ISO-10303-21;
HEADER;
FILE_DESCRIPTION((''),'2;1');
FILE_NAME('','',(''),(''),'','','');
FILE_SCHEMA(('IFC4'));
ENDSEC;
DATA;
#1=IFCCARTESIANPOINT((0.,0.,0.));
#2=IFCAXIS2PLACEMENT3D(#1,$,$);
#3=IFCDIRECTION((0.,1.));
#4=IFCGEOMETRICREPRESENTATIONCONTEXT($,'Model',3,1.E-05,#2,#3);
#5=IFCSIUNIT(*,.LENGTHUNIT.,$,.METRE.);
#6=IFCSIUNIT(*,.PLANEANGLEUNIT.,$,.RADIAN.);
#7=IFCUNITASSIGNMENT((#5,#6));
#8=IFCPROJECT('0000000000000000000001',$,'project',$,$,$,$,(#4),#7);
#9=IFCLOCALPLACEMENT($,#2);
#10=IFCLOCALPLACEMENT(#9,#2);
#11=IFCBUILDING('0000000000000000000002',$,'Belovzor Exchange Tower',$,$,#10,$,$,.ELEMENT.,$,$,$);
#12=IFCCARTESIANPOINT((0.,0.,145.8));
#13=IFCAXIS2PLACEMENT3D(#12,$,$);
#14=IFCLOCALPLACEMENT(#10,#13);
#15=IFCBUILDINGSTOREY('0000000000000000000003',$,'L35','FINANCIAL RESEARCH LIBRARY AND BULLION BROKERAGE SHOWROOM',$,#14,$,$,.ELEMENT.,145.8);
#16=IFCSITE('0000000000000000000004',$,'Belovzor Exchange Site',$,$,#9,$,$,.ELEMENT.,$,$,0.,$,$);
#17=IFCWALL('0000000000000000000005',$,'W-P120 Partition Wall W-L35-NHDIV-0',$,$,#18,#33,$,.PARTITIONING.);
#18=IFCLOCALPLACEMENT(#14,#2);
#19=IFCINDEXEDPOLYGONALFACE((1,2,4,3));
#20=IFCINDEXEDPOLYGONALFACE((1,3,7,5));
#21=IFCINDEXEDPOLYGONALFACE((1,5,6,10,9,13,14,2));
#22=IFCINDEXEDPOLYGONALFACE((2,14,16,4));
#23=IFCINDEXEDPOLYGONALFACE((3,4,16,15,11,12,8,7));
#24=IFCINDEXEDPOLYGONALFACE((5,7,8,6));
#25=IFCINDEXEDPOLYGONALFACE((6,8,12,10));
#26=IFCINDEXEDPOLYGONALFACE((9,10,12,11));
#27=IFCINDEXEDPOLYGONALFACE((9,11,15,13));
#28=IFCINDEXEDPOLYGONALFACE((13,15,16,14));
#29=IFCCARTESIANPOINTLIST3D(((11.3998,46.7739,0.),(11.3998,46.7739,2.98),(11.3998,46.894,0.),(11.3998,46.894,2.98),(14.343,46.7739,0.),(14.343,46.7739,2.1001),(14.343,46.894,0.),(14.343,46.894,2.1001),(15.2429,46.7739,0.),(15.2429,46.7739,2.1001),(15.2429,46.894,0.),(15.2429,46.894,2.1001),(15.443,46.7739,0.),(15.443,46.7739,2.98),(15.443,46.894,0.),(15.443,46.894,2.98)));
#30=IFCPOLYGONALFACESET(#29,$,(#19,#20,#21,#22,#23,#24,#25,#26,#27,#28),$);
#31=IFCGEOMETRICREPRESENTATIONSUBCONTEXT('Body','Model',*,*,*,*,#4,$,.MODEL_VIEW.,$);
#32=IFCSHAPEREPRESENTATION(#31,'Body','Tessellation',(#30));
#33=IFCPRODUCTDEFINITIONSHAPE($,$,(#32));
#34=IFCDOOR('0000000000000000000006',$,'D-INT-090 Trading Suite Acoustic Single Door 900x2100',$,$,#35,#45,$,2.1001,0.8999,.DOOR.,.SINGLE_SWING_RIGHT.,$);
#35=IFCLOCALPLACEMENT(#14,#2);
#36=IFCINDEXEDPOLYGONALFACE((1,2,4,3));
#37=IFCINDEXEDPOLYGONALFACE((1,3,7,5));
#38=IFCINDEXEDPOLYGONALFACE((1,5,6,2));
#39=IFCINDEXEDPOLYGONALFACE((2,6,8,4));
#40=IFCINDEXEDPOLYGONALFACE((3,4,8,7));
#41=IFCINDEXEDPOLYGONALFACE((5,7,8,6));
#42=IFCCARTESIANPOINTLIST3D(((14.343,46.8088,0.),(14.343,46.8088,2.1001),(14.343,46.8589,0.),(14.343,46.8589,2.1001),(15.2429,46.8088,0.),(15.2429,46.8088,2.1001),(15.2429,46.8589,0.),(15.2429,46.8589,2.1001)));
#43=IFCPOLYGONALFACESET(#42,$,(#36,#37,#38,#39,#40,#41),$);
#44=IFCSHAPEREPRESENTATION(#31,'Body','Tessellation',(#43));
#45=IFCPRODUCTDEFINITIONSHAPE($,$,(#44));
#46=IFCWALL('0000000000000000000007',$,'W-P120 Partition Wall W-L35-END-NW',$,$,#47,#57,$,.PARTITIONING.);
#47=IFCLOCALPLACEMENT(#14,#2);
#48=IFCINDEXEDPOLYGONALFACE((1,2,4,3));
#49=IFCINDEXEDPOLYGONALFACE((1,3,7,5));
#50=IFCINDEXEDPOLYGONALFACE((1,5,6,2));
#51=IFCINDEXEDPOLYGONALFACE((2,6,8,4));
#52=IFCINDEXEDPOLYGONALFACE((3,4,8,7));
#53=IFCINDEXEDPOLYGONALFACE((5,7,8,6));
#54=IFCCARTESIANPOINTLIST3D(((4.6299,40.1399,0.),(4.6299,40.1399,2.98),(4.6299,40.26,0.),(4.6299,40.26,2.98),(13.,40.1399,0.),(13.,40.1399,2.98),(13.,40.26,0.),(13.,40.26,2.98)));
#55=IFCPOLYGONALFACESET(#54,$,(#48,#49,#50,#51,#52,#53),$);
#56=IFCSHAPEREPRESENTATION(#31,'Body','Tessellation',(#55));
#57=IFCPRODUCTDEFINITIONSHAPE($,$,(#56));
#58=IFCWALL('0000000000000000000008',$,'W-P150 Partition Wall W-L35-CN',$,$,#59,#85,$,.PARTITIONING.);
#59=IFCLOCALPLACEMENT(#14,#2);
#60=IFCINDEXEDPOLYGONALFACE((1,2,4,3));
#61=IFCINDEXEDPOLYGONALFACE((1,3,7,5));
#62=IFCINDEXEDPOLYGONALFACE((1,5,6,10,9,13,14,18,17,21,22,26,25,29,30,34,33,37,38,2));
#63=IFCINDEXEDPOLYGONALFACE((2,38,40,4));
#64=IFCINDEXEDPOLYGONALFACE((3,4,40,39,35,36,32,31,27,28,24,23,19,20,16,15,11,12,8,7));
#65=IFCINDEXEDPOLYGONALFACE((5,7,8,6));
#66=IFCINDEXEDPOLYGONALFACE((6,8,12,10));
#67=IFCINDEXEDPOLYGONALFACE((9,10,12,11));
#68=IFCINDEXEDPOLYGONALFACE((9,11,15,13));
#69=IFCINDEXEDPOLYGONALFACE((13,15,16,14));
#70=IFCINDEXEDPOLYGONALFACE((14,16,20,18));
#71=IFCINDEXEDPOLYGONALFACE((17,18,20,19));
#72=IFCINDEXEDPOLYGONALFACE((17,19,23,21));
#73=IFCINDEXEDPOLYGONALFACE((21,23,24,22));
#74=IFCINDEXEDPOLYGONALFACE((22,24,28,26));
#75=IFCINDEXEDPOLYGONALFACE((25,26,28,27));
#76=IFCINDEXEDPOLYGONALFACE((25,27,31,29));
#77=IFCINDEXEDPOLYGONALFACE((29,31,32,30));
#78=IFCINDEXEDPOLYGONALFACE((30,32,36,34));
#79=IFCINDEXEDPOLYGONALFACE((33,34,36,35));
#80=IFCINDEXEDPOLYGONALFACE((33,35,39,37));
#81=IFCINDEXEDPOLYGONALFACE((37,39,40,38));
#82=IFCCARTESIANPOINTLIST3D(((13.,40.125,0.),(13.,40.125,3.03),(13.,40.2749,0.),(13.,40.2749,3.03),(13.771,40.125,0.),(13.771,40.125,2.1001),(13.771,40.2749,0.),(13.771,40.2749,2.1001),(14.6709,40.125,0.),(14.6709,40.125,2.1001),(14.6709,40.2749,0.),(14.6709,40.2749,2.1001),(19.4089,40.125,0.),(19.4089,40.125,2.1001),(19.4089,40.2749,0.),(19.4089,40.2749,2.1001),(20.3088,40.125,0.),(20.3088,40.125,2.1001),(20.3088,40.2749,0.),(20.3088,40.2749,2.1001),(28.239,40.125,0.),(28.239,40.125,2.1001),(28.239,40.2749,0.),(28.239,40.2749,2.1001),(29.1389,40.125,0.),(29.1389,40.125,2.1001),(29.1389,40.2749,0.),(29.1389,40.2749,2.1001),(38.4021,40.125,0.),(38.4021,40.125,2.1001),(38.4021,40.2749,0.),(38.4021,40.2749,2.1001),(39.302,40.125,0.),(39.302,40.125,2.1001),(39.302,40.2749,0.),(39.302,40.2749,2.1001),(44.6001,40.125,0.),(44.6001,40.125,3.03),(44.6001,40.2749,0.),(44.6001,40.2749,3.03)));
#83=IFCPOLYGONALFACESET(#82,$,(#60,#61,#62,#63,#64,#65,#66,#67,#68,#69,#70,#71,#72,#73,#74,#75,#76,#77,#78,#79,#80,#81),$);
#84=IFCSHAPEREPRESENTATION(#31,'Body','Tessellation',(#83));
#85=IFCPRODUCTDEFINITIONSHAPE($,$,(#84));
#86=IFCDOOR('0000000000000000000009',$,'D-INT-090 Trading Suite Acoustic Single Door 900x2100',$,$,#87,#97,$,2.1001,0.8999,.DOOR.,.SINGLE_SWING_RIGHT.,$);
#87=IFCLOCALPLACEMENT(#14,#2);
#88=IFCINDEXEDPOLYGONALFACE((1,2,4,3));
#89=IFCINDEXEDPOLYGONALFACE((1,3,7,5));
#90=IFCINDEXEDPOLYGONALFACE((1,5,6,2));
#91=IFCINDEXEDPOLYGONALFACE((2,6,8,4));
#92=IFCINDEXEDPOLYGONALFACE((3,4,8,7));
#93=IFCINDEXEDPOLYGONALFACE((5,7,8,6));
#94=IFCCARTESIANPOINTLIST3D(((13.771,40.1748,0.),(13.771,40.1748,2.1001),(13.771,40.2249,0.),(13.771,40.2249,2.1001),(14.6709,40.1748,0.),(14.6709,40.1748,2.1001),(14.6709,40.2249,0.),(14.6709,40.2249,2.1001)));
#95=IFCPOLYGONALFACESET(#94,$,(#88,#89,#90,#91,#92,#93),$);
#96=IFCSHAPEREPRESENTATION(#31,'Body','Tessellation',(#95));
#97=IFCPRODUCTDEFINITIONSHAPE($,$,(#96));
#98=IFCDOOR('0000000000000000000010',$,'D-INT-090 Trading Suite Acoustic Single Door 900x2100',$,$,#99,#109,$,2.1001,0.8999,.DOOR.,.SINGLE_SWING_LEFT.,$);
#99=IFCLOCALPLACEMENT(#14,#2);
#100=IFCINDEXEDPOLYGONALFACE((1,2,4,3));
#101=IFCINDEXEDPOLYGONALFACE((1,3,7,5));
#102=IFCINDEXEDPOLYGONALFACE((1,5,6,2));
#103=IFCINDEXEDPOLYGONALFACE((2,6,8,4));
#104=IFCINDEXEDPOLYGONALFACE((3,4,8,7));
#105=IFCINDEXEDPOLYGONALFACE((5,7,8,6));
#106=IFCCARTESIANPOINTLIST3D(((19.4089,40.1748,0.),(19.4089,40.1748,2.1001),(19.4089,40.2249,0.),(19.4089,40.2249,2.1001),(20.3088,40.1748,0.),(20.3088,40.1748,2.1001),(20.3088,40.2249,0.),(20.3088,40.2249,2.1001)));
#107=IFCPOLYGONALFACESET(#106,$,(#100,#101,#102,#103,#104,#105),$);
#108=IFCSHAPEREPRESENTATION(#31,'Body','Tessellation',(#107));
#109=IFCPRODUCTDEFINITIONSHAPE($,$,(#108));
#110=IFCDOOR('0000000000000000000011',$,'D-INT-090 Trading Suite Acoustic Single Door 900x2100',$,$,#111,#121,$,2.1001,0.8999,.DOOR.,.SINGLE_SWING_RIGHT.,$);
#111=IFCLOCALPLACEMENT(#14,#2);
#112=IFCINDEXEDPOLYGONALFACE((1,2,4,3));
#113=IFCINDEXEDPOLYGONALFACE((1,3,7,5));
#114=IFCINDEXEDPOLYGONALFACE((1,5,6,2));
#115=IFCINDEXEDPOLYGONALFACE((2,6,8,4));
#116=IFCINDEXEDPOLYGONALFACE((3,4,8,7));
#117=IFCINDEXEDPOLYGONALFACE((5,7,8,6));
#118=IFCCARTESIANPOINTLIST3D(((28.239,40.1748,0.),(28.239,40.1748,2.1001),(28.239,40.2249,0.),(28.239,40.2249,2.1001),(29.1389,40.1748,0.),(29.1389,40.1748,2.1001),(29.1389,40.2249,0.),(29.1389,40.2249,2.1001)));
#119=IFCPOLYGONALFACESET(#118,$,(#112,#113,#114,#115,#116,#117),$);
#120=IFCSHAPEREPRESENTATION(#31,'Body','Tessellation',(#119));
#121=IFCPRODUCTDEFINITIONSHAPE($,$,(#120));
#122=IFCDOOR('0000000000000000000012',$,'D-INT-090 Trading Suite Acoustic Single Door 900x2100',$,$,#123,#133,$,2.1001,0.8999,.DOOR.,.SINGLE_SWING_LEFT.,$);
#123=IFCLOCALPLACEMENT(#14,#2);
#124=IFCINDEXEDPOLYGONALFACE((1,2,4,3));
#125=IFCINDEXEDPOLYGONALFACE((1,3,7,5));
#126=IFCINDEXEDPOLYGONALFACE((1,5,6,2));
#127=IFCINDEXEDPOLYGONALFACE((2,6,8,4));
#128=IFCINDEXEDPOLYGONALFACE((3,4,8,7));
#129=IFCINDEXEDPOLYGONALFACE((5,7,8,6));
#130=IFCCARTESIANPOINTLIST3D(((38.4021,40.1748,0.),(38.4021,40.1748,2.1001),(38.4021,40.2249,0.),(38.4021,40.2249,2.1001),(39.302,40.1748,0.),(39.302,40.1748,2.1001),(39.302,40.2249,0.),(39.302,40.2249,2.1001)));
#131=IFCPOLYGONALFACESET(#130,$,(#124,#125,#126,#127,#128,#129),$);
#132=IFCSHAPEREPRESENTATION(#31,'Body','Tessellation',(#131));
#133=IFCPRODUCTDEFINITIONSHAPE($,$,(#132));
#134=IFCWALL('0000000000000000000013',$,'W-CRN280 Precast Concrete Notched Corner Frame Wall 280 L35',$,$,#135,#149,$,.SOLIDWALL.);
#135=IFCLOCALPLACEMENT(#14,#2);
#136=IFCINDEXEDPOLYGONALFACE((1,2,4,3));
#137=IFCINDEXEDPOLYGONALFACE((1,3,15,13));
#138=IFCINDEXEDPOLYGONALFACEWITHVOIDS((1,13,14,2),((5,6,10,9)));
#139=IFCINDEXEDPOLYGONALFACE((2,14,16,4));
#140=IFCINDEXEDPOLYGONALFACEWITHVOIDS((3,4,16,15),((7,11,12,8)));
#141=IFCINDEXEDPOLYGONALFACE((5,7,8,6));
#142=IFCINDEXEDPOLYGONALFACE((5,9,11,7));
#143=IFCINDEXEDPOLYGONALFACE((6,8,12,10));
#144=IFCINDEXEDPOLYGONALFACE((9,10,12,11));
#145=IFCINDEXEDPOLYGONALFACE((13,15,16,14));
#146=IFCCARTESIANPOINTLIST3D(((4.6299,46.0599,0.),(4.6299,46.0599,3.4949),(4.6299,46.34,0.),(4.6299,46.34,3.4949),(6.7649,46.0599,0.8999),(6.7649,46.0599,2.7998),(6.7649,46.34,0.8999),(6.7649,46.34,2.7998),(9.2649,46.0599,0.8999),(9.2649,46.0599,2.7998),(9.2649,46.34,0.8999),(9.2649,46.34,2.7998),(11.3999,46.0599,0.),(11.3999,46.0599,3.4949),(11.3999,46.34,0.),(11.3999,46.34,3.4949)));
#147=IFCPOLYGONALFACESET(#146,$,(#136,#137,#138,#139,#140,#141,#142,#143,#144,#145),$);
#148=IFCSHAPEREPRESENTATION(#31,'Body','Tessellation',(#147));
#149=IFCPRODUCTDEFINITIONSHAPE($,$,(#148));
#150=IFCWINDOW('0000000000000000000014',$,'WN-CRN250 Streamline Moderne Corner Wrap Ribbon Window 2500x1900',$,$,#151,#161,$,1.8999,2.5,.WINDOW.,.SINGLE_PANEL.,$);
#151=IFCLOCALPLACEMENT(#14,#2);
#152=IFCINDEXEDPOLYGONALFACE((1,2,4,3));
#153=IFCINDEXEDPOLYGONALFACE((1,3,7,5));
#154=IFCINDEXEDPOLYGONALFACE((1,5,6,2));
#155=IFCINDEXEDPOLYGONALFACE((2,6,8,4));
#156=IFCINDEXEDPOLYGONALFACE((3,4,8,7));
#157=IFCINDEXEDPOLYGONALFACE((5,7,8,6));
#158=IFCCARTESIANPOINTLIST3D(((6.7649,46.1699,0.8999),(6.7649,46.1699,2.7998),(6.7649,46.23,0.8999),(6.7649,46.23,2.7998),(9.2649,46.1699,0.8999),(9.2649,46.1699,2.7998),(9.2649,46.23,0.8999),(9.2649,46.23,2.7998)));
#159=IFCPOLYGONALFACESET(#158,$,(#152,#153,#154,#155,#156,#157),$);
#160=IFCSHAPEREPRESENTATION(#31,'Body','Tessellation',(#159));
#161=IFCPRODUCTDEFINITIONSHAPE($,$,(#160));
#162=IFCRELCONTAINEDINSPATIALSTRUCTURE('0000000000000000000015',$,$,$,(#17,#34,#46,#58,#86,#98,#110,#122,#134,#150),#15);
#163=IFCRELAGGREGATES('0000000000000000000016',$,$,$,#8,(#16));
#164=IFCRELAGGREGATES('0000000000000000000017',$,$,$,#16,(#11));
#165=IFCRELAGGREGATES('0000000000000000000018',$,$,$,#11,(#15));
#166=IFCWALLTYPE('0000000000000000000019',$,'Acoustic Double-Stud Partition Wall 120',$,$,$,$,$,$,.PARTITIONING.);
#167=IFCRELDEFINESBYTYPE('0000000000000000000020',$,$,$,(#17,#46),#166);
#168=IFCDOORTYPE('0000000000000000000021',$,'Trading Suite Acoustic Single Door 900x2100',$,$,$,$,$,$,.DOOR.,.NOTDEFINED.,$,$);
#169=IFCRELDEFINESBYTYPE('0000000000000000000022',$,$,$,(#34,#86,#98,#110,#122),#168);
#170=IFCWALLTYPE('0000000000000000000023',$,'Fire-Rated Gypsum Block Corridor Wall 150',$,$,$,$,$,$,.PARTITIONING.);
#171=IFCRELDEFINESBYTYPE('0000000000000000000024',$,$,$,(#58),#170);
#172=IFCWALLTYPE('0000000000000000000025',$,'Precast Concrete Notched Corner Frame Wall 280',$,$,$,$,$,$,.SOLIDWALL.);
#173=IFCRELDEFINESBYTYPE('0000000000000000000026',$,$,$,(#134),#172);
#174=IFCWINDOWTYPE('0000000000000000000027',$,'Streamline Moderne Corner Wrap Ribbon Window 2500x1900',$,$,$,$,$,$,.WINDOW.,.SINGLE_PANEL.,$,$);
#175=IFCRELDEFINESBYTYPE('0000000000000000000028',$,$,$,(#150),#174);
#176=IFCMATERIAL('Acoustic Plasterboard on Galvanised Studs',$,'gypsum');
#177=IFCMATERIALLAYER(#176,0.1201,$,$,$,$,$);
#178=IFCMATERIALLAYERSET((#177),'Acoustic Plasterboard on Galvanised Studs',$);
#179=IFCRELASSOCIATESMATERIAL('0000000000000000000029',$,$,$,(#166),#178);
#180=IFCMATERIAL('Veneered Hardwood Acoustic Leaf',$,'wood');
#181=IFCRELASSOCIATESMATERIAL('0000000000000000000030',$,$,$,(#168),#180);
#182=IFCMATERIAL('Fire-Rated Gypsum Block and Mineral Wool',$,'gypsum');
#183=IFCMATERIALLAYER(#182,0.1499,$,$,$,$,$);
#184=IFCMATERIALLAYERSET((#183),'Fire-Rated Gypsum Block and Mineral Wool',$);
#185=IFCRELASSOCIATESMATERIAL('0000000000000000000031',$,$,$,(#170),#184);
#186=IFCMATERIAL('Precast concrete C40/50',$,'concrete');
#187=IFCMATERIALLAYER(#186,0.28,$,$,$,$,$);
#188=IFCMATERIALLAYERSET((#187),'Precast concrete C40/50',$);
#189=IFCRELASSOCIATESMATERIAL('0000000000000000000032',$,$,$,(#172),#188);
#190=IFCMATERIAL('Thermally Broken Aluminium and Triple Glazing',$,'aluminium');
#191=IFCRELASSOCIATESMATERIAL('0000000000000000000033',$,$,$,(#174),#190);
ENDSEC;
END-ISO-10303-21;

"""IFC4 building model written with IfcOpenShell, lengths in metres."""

from ifc_helpers import new_model, si_unit, direction, frame, frame_2d, origin, place, context, subcontext, project, spatial, rectangle, extrude, material, layer, layer_set, type_object, element, fill, save


model = new_model("IFC4")

# Units and contexts
model_context = context("Model", 3, precision=1e-05, world=origin(), true_north=direction((0.0, 1.0)))
body_context = subcontext(model_context, "Body", "Model", "MODEL_VIEW")
ifc_project = project(units=[si_unit("LENGTHUNIT", "METRE"), si_unit("PLANEANGLEUNIT", "RADIAN")], contexts=[model_context])

# Site, building, storey
site_placement = place(None, origin())
site = spatial("IfcSite", under=ifc_project, at=site_placement, Name="Belovzor Exchange Site", CompositionType="ELEMENT", RefElevation=0.0)
building_placement = place(site_placement, origin())
building = spatial("IfcBuilding", under=site, at=building_placement, Name="Belovzor Exchange Tower", CompositionType="ELEMENT")
storey_placement = place(building_placement, frame((0.0, 0.0, 145.8)))
storey = spatial("IfcBuildingStorey", under=building, at=storey_placement, Name="L35", Description="FINANCIAL RESEARCH LIBRARY AND BULLION BROKERAGE SHOWROOM", CompositionType="ELEMENT", Elevation=145.8)

# Wall, opening, door
ifc_material_1 = material(Name="Acoustic Plasterboard on Galvanised Studs", Category="gypsum")
ifc_layer_1 = layer(ifc_material_1, 0.1201)
ifc_layer_set_1 = layer_set([ifc_layer_1], Name="Acoustic Plasterboard on Galvanised Studs")
wall_type_1 = type_object("IfcWallType", Name="Acoustic Double-Stud Partition Wall 120", PredefinedType="PARTITIONING", material=ifc_layer_set_1)
wall_1_placement = place(storey_placement, frame((11.3999, 46.834, 0.0), z_axis=(0.0, 0.0, 1.0), x_axis=(1.0, 0.0, 0.0)))
wall_1 = element("IfcWall", 1, at=wall_1_placement, inside=storey, type_object=wall_type_1, Name="W-P120 Partition Wall W-L35-NHDIV-0", PredefinedType="PARTITIONING", context=body_context, shape_type="SweptSolid", body=[
    extrude(rectangle(XDim=4.0432, YDim=0.1201, at=frame_2d((2.0215, 0.0))), origin(), (0.0, 0.0, 1.0), 2.98),
])
opening_1_placement = place(wall_1_placement, frame((2.9431, 0.0, 0.0)))
opening_1 = element("IfcOpeningElement", 2, at=opening_1_placement, cuts=wall_1, PredefinedType="OPENING", context=body_context, shape_type="SweptSolid", body=[
    extrude(rectangle(XDim=0.8999, YDim=2.1001, at=frame_2d((0.45, 1.05))), frame((0.0, 0.0701, 0.0), z_axis=(0.0, -1.0, 0.0), x_axis=(1.0, 0.0, 0.0)), (0.0, 0.0, 1.0), 0.1401),
])
ifc_material_2 = material(Name="Veneered Hardwood Acoustic Leaf", Category="wood")
door_type_1 = type_object("IfcDoorType", Name="Trading Suite Acoustic Single Door 900x2100", OperationType="NOTDEFINED", PredefinedType="DOOR", material=ifc_material_2)
door_1_placement = place(opening_1_placement, origin())
door_1 = element("IfcDoor", 3, at=door_1_placement, inside=storey, type_object=door_type_1, Name="D-INT-090 Trading Suite Acoustic Single Door 900x2100", OperationType="SINGLE_SWING_RIGHT", OverallHeight=2.1001, OverallWidth=0.8999, PredefinedType="DOOR", context=body_context, shape_type="SweptSolid", body=[
    extrude(rectangle(XDim=0.8999, YDim=2.1001, at=frame_2d((0.45, 1.05))), frame((0.0, 0.0249, 0.0), z_axis=(0.0, -1.0, 0.0), x_axis=(1.0, 0.0, 0.0)), (0.0, 0.0, 1.0), 0.05),
])
fill(opening_1, door_1)

# Wall
wall_2_placement = place(storey_placement, frame((4.6299, 40.2, 0.0), z_axis=(0.0, 0.0, 1.0), x_axis=(1.0, 0.0, 0.0)))
element("IfcWall", 4, at=wall_2_placement, inside=storey, type_object=wall_type_1, Name="W-P120 Partition Wall W-L35-END-NW", PredefinedType="PARTITIONING", context=body_context, shape_type="SweptSolid", body=[
    extrude(rectangle(XDim=8.3701, YDim=0.1201, at=frame_2d((4.1851, 0.0))), origin(), (0.0, 0.0, 1.0), 2.98),
])

# Wall, openings, doors
ifc_material_3 = material(Name="Fire-Rated Gypsum Block and Mineral Wool", Category="gypsum")
ifc_layer_2 = layer(ifc_material_3, 0.1499)
ifc_layer_set_2 = layer_set([ifc_layer_2], Name="Fire-Rated Gypsum Block and Mineral Wool")
wall_type_2 = type_object("IfcWallType", Name="Fire-Rated Gypsum Block Corridor Wall 150", PredefinedType="PARTITIONING", material=ifc_layer_set_2)
wall_3_placement = place(storey_placement, frame((13.0, 40.2, 0.0), z_axis=(0.0, 0.0, 1.0), x_axis=(1.0, 0.0, 0.0)))
wall_3 = element("IfcWall", 5, at=wall_3_placement, inside=storey, type_object=wall_type_2, Name="W-P150 Partition Wall W-L35-CN", PredefinedType="PARTITIONING", context=body_context, shape_type="SweptSolid", body=[
    extrude(rectangle(XDim=31.6001, YDim=0.1499, at=frame_2d((15.8, 0.0))), origin(), (0.0, 0.0, 1.0), 3.03),
])
opening_2_placement = place(wall_3_placement, frame((0.771, 0.0, 0.0)))
opening_2 = element("IfcOpeningElement", 6, at=opening_2_placement, cuts=wall_3, PredefinedType="OPENING", context=body_context, shape_type="SweptSolid", body=[
    extrude(rectangle(XDim=0.8999, YDim=2.1001, at=frame_2d((0.45, 1.05))), frame((0.0, 0.085, 0.0), z_axis=(0.0, -1.0, 0.0), x_axis=(1.0, 0.0, 0.0)), (0.0, 0.0, 1.0), 0.1699),
])
opening_3_placement = place(wall_3_placement, frame((6.4089, 0.0, 0.0)))
opening_3 = element("IfcOpeningElement", 7, at=opening_3_placement, cuts=wall_3, PredefinedType="OPENING", context=body_context, shape_type="SweptSolid", body=[
    extrude(rectangle(XDim=0.8999, YDim=2.1001, at=frame_2d((0.45, 1.05))), frame((0.0, 0.085, 0.0), z_axis=(0.0, -1.0, 0.0), x_axis=(1.0, 0.0, 0.0)), (0.0, 0.0, 1.0), 0.1699),
])
opening_4_placement = place(wall_3_placement, frame((15.239, 0.0, 0.0)))
opening_4 = element("IfcOpeningElement", 8, at=opening_4_placement, cuts=wall_3, PredefinedType="OPENING", context=body_context, shape_type="SweptSolid", body=[
    extrude(rectangle(XDim=0.8999, YDim=2.1001, at=frame_2d((0.45, 1.05))), frame((0.0, 0.085, 0.0), z_axis=(0.0, -1.0, 0.0), x_axis=(1.0, 0.0, 0.0)), (0.0, 0.0, 1.0), 0.1699),
])
opening_5_placement = place(wall_3_placement, frame((25.4021, 0.0, 0.0)))
opening_5 = element("IfcOpeningElement", 9, at=opening_5_placement, cuts=wall_3, PredefinedType="OPENING", context=body_context, shape_type="SweptSolid", body=[
    extrude(rectangle(XDim=0.8999, YDim=2.1001, at=frame_2d((0.45, 1.05))), frame((0.0, 0.085, 0.0), z_axis=(0.0, -1.0, 0.0), x_axis=(1.0, 0.0, 0.0)), (0.0, 0.0, 1.0), 0.1699),
])
door_2_placement = place(opening_2_placement, origin())
door_2 = element("IfcDoor", 10, at=door_2_placement, inside=storey, type_object=door_type_1, Name="D-INT-090 Trading Suite Acoustic Single Door 900x2100", OperationType="SINGLE_SWING_RIGHT", OverallHeight=2.1001, OverallWidth=0.8999, PredefinedType="DOOR", context=body_context, shape_type="SweptSolid", body=[
    extrude(rectangle(XDim=0.8999, YDim=2.1001, at=frame_2d((0.45, 1.05))), frame((0.0, 0.0249, 0.0), z_axis=(0.0, -1.0, 0.0), x_axis=(1.0, 0.0, 0.0)), (0.0, 0.0, 1.0), 0.05),
])
fill(opening_2, door_2)
door_3_placement = place(opening_3_placement, origin())
door_3 = element("IfcDoor", 11, at=door_3_placement, inside=storey, type_object=door_type_1, Name="D-INT-090 Trading Suite Acoustic Single Door 900x2100", OperationType="SINGLE_SWING_LEFT", OverallHeight=2.1001, OverallWidth=0.8999, PredefinedType="DOOR", context=body_context, shape_type="SweptSolid", body=[
    extrude(rectangle(XDim=0.8999, YDim=2.1001, at=frame_2d((0.45, 1.05))), frame((0.0, 0.0249, 0.0), z_axis=(0.0, -1.0, 0.0), x_axis=(1.0, 0.0, 0.0)), (0.0, 0.0, 1.0), 0.05),
])
fill(opening_3, door_3)
door_4_placement = place(opening_4_placement, origin())
door_4 = element("IfcDoor", 12, at=door_4_placement, inside=storey, type_object=door_type_1, Name="D-INT-090 Trading Suite Acoustic Single Door 900x2100", OperationType="SINGLE_SWING_RIGHT", OverallHeight=2.1001, OverallWidth=0.8999, PredefinedType="DOOR", context=body_context, shape_type="SweptSolid", body=[
    extrude(rectangle(XDim=0.8999, YDim=2.1001, at=frame_2d((0.45, 1.05))), frame((0.0, 0.0249, 0.0), z_axis=(0.0, -1.0, 0.0), x_axis=(1.0, 0.0, 0.0)), (0.0, 0.0, 1.0), 0.05),
])
fill(opening_4, door_4)
door_5_placement = place(opening_5_placement, origin())
door_5 = element("IfcDoor", 13, at=door_5_placement, inside=storey, type_object=door_type_1, Name="D-INT-090 Trading Suite Acoustic Single Door 900x2100", OperationType="SINGLE_SWING_LEFT", OverallHeight=2.1001, OverallWidth=0.8999, PredefinedType="DOOR", context=body_context, shape_type="SweptSolid", body=[
    extrude(rectangle(XDim=0.8999, YDim=2.1001, at=frame_2d((0.45, 1.05))), frame((0.0, 0.0249, 0.0), z_axis=(0.0, -1.0, 0.0), x_axis=(1.0, 0.0, 0.0)), (0.0, 0.0, 1.0), 0.05),
])
fill(opening_5, door_5)

# Wall, opening, window
ifc_material_4 = material(Name="Precast concrete C40/50", Category="concrete")
ifc_layer_3 = layer(ifc_material_4, 0.28)
ifc_layer_set_3 = layer_set([ifc_layer_3], Name="Precast concrete C40/50")
wall_type_3 = type_object("IfcWallType", Name="Precast Concrete Notched Corner Frame Wall 280", PredefinedType="SOLIDWALL", material=ifc_layer_set_3)
wall_4_placement = place(storey_placement, frame((4.6299, 46.2, 0.0), z_axis=(0.0, 0.0, 1.0), x_axis=(1.0, 0.0, 0.0)))
wall_4 = element("IfcWall", 14, at=wall_4_placement, inside=storey, type_object=wall_type_3, Name="W-CRN280 Precast Concrete Notched Corner Frame Wall 280 L35", PredefinedType="SOLIDWALL", context=body_context, shape_type="SweptSolid", body=[
    extrude(rectangle(XDim=6.77, YDim=0.28, at=frame_2d((3.385, 0.0))), origin(), (0.0, 0.0, 1.0), 3.4949),
])
opening_6_placement = place(wall_4_placement, frame((2.135, 0.0, 0.8999)))
opening_6 = element("IfcOpeningElement", 15, at=opening_6_placement, cuts=wall_4, PredefinedType="OPENING", context=body_context, shape_type="SweptSolid", body=[
    extrude(rectangle(XDim=2.5, YDim=1.8999, at=frame_2d((1.25, 0.95))), frame((0.0, 0.1499, 0.0), z_axis=(0.0, -1.0, 0.0), x_axis=(1.0, 0.0, 0.0)), (0.0, 0.0, 1.0), 0.3),
])
ifc_material_5 = material(Name="Thermally Broken Aluminium and Triple Glazing", Category="aluminium")
window_type = type_object("IfcWindowType", Name="Streamline Moderne Corner Wrap Ribbon Window 2500x1900", PartitioningType="SINGLE_PANEL", PredefinedType="WINDOW", material=ifc_material_5)
window_1_placement = place(opening_6_placement, origin())
window_1 = element("IfcWindow", 16, at=window_1_placement, inside=storey, type_object=window_type, Name="WN-CRN250 Streamline Moderne Corner Wrap Ribbon Window 2500x1900", OverallHeight=1.8999, OverallWidth=2.5, PartitioningType="SINGLE_PANEL", PredefinedType="WINDOW", context=body_context, shape_type="SweptSolid", body=[
    extrude(rectangle(XDim=2.5, YDim=1.8999, at=frame_2d((1.25, 0.95))), frame((0.0, 0.03, 0.0), z_axis=(0.0, -1.0, 0.0), x_axis=(1.0, 0.0, 0.0)), (0.0, 0.0, 1.0), 0.0601),
])
fill(opening_6, window_1)

save(model, "model.ifc")
